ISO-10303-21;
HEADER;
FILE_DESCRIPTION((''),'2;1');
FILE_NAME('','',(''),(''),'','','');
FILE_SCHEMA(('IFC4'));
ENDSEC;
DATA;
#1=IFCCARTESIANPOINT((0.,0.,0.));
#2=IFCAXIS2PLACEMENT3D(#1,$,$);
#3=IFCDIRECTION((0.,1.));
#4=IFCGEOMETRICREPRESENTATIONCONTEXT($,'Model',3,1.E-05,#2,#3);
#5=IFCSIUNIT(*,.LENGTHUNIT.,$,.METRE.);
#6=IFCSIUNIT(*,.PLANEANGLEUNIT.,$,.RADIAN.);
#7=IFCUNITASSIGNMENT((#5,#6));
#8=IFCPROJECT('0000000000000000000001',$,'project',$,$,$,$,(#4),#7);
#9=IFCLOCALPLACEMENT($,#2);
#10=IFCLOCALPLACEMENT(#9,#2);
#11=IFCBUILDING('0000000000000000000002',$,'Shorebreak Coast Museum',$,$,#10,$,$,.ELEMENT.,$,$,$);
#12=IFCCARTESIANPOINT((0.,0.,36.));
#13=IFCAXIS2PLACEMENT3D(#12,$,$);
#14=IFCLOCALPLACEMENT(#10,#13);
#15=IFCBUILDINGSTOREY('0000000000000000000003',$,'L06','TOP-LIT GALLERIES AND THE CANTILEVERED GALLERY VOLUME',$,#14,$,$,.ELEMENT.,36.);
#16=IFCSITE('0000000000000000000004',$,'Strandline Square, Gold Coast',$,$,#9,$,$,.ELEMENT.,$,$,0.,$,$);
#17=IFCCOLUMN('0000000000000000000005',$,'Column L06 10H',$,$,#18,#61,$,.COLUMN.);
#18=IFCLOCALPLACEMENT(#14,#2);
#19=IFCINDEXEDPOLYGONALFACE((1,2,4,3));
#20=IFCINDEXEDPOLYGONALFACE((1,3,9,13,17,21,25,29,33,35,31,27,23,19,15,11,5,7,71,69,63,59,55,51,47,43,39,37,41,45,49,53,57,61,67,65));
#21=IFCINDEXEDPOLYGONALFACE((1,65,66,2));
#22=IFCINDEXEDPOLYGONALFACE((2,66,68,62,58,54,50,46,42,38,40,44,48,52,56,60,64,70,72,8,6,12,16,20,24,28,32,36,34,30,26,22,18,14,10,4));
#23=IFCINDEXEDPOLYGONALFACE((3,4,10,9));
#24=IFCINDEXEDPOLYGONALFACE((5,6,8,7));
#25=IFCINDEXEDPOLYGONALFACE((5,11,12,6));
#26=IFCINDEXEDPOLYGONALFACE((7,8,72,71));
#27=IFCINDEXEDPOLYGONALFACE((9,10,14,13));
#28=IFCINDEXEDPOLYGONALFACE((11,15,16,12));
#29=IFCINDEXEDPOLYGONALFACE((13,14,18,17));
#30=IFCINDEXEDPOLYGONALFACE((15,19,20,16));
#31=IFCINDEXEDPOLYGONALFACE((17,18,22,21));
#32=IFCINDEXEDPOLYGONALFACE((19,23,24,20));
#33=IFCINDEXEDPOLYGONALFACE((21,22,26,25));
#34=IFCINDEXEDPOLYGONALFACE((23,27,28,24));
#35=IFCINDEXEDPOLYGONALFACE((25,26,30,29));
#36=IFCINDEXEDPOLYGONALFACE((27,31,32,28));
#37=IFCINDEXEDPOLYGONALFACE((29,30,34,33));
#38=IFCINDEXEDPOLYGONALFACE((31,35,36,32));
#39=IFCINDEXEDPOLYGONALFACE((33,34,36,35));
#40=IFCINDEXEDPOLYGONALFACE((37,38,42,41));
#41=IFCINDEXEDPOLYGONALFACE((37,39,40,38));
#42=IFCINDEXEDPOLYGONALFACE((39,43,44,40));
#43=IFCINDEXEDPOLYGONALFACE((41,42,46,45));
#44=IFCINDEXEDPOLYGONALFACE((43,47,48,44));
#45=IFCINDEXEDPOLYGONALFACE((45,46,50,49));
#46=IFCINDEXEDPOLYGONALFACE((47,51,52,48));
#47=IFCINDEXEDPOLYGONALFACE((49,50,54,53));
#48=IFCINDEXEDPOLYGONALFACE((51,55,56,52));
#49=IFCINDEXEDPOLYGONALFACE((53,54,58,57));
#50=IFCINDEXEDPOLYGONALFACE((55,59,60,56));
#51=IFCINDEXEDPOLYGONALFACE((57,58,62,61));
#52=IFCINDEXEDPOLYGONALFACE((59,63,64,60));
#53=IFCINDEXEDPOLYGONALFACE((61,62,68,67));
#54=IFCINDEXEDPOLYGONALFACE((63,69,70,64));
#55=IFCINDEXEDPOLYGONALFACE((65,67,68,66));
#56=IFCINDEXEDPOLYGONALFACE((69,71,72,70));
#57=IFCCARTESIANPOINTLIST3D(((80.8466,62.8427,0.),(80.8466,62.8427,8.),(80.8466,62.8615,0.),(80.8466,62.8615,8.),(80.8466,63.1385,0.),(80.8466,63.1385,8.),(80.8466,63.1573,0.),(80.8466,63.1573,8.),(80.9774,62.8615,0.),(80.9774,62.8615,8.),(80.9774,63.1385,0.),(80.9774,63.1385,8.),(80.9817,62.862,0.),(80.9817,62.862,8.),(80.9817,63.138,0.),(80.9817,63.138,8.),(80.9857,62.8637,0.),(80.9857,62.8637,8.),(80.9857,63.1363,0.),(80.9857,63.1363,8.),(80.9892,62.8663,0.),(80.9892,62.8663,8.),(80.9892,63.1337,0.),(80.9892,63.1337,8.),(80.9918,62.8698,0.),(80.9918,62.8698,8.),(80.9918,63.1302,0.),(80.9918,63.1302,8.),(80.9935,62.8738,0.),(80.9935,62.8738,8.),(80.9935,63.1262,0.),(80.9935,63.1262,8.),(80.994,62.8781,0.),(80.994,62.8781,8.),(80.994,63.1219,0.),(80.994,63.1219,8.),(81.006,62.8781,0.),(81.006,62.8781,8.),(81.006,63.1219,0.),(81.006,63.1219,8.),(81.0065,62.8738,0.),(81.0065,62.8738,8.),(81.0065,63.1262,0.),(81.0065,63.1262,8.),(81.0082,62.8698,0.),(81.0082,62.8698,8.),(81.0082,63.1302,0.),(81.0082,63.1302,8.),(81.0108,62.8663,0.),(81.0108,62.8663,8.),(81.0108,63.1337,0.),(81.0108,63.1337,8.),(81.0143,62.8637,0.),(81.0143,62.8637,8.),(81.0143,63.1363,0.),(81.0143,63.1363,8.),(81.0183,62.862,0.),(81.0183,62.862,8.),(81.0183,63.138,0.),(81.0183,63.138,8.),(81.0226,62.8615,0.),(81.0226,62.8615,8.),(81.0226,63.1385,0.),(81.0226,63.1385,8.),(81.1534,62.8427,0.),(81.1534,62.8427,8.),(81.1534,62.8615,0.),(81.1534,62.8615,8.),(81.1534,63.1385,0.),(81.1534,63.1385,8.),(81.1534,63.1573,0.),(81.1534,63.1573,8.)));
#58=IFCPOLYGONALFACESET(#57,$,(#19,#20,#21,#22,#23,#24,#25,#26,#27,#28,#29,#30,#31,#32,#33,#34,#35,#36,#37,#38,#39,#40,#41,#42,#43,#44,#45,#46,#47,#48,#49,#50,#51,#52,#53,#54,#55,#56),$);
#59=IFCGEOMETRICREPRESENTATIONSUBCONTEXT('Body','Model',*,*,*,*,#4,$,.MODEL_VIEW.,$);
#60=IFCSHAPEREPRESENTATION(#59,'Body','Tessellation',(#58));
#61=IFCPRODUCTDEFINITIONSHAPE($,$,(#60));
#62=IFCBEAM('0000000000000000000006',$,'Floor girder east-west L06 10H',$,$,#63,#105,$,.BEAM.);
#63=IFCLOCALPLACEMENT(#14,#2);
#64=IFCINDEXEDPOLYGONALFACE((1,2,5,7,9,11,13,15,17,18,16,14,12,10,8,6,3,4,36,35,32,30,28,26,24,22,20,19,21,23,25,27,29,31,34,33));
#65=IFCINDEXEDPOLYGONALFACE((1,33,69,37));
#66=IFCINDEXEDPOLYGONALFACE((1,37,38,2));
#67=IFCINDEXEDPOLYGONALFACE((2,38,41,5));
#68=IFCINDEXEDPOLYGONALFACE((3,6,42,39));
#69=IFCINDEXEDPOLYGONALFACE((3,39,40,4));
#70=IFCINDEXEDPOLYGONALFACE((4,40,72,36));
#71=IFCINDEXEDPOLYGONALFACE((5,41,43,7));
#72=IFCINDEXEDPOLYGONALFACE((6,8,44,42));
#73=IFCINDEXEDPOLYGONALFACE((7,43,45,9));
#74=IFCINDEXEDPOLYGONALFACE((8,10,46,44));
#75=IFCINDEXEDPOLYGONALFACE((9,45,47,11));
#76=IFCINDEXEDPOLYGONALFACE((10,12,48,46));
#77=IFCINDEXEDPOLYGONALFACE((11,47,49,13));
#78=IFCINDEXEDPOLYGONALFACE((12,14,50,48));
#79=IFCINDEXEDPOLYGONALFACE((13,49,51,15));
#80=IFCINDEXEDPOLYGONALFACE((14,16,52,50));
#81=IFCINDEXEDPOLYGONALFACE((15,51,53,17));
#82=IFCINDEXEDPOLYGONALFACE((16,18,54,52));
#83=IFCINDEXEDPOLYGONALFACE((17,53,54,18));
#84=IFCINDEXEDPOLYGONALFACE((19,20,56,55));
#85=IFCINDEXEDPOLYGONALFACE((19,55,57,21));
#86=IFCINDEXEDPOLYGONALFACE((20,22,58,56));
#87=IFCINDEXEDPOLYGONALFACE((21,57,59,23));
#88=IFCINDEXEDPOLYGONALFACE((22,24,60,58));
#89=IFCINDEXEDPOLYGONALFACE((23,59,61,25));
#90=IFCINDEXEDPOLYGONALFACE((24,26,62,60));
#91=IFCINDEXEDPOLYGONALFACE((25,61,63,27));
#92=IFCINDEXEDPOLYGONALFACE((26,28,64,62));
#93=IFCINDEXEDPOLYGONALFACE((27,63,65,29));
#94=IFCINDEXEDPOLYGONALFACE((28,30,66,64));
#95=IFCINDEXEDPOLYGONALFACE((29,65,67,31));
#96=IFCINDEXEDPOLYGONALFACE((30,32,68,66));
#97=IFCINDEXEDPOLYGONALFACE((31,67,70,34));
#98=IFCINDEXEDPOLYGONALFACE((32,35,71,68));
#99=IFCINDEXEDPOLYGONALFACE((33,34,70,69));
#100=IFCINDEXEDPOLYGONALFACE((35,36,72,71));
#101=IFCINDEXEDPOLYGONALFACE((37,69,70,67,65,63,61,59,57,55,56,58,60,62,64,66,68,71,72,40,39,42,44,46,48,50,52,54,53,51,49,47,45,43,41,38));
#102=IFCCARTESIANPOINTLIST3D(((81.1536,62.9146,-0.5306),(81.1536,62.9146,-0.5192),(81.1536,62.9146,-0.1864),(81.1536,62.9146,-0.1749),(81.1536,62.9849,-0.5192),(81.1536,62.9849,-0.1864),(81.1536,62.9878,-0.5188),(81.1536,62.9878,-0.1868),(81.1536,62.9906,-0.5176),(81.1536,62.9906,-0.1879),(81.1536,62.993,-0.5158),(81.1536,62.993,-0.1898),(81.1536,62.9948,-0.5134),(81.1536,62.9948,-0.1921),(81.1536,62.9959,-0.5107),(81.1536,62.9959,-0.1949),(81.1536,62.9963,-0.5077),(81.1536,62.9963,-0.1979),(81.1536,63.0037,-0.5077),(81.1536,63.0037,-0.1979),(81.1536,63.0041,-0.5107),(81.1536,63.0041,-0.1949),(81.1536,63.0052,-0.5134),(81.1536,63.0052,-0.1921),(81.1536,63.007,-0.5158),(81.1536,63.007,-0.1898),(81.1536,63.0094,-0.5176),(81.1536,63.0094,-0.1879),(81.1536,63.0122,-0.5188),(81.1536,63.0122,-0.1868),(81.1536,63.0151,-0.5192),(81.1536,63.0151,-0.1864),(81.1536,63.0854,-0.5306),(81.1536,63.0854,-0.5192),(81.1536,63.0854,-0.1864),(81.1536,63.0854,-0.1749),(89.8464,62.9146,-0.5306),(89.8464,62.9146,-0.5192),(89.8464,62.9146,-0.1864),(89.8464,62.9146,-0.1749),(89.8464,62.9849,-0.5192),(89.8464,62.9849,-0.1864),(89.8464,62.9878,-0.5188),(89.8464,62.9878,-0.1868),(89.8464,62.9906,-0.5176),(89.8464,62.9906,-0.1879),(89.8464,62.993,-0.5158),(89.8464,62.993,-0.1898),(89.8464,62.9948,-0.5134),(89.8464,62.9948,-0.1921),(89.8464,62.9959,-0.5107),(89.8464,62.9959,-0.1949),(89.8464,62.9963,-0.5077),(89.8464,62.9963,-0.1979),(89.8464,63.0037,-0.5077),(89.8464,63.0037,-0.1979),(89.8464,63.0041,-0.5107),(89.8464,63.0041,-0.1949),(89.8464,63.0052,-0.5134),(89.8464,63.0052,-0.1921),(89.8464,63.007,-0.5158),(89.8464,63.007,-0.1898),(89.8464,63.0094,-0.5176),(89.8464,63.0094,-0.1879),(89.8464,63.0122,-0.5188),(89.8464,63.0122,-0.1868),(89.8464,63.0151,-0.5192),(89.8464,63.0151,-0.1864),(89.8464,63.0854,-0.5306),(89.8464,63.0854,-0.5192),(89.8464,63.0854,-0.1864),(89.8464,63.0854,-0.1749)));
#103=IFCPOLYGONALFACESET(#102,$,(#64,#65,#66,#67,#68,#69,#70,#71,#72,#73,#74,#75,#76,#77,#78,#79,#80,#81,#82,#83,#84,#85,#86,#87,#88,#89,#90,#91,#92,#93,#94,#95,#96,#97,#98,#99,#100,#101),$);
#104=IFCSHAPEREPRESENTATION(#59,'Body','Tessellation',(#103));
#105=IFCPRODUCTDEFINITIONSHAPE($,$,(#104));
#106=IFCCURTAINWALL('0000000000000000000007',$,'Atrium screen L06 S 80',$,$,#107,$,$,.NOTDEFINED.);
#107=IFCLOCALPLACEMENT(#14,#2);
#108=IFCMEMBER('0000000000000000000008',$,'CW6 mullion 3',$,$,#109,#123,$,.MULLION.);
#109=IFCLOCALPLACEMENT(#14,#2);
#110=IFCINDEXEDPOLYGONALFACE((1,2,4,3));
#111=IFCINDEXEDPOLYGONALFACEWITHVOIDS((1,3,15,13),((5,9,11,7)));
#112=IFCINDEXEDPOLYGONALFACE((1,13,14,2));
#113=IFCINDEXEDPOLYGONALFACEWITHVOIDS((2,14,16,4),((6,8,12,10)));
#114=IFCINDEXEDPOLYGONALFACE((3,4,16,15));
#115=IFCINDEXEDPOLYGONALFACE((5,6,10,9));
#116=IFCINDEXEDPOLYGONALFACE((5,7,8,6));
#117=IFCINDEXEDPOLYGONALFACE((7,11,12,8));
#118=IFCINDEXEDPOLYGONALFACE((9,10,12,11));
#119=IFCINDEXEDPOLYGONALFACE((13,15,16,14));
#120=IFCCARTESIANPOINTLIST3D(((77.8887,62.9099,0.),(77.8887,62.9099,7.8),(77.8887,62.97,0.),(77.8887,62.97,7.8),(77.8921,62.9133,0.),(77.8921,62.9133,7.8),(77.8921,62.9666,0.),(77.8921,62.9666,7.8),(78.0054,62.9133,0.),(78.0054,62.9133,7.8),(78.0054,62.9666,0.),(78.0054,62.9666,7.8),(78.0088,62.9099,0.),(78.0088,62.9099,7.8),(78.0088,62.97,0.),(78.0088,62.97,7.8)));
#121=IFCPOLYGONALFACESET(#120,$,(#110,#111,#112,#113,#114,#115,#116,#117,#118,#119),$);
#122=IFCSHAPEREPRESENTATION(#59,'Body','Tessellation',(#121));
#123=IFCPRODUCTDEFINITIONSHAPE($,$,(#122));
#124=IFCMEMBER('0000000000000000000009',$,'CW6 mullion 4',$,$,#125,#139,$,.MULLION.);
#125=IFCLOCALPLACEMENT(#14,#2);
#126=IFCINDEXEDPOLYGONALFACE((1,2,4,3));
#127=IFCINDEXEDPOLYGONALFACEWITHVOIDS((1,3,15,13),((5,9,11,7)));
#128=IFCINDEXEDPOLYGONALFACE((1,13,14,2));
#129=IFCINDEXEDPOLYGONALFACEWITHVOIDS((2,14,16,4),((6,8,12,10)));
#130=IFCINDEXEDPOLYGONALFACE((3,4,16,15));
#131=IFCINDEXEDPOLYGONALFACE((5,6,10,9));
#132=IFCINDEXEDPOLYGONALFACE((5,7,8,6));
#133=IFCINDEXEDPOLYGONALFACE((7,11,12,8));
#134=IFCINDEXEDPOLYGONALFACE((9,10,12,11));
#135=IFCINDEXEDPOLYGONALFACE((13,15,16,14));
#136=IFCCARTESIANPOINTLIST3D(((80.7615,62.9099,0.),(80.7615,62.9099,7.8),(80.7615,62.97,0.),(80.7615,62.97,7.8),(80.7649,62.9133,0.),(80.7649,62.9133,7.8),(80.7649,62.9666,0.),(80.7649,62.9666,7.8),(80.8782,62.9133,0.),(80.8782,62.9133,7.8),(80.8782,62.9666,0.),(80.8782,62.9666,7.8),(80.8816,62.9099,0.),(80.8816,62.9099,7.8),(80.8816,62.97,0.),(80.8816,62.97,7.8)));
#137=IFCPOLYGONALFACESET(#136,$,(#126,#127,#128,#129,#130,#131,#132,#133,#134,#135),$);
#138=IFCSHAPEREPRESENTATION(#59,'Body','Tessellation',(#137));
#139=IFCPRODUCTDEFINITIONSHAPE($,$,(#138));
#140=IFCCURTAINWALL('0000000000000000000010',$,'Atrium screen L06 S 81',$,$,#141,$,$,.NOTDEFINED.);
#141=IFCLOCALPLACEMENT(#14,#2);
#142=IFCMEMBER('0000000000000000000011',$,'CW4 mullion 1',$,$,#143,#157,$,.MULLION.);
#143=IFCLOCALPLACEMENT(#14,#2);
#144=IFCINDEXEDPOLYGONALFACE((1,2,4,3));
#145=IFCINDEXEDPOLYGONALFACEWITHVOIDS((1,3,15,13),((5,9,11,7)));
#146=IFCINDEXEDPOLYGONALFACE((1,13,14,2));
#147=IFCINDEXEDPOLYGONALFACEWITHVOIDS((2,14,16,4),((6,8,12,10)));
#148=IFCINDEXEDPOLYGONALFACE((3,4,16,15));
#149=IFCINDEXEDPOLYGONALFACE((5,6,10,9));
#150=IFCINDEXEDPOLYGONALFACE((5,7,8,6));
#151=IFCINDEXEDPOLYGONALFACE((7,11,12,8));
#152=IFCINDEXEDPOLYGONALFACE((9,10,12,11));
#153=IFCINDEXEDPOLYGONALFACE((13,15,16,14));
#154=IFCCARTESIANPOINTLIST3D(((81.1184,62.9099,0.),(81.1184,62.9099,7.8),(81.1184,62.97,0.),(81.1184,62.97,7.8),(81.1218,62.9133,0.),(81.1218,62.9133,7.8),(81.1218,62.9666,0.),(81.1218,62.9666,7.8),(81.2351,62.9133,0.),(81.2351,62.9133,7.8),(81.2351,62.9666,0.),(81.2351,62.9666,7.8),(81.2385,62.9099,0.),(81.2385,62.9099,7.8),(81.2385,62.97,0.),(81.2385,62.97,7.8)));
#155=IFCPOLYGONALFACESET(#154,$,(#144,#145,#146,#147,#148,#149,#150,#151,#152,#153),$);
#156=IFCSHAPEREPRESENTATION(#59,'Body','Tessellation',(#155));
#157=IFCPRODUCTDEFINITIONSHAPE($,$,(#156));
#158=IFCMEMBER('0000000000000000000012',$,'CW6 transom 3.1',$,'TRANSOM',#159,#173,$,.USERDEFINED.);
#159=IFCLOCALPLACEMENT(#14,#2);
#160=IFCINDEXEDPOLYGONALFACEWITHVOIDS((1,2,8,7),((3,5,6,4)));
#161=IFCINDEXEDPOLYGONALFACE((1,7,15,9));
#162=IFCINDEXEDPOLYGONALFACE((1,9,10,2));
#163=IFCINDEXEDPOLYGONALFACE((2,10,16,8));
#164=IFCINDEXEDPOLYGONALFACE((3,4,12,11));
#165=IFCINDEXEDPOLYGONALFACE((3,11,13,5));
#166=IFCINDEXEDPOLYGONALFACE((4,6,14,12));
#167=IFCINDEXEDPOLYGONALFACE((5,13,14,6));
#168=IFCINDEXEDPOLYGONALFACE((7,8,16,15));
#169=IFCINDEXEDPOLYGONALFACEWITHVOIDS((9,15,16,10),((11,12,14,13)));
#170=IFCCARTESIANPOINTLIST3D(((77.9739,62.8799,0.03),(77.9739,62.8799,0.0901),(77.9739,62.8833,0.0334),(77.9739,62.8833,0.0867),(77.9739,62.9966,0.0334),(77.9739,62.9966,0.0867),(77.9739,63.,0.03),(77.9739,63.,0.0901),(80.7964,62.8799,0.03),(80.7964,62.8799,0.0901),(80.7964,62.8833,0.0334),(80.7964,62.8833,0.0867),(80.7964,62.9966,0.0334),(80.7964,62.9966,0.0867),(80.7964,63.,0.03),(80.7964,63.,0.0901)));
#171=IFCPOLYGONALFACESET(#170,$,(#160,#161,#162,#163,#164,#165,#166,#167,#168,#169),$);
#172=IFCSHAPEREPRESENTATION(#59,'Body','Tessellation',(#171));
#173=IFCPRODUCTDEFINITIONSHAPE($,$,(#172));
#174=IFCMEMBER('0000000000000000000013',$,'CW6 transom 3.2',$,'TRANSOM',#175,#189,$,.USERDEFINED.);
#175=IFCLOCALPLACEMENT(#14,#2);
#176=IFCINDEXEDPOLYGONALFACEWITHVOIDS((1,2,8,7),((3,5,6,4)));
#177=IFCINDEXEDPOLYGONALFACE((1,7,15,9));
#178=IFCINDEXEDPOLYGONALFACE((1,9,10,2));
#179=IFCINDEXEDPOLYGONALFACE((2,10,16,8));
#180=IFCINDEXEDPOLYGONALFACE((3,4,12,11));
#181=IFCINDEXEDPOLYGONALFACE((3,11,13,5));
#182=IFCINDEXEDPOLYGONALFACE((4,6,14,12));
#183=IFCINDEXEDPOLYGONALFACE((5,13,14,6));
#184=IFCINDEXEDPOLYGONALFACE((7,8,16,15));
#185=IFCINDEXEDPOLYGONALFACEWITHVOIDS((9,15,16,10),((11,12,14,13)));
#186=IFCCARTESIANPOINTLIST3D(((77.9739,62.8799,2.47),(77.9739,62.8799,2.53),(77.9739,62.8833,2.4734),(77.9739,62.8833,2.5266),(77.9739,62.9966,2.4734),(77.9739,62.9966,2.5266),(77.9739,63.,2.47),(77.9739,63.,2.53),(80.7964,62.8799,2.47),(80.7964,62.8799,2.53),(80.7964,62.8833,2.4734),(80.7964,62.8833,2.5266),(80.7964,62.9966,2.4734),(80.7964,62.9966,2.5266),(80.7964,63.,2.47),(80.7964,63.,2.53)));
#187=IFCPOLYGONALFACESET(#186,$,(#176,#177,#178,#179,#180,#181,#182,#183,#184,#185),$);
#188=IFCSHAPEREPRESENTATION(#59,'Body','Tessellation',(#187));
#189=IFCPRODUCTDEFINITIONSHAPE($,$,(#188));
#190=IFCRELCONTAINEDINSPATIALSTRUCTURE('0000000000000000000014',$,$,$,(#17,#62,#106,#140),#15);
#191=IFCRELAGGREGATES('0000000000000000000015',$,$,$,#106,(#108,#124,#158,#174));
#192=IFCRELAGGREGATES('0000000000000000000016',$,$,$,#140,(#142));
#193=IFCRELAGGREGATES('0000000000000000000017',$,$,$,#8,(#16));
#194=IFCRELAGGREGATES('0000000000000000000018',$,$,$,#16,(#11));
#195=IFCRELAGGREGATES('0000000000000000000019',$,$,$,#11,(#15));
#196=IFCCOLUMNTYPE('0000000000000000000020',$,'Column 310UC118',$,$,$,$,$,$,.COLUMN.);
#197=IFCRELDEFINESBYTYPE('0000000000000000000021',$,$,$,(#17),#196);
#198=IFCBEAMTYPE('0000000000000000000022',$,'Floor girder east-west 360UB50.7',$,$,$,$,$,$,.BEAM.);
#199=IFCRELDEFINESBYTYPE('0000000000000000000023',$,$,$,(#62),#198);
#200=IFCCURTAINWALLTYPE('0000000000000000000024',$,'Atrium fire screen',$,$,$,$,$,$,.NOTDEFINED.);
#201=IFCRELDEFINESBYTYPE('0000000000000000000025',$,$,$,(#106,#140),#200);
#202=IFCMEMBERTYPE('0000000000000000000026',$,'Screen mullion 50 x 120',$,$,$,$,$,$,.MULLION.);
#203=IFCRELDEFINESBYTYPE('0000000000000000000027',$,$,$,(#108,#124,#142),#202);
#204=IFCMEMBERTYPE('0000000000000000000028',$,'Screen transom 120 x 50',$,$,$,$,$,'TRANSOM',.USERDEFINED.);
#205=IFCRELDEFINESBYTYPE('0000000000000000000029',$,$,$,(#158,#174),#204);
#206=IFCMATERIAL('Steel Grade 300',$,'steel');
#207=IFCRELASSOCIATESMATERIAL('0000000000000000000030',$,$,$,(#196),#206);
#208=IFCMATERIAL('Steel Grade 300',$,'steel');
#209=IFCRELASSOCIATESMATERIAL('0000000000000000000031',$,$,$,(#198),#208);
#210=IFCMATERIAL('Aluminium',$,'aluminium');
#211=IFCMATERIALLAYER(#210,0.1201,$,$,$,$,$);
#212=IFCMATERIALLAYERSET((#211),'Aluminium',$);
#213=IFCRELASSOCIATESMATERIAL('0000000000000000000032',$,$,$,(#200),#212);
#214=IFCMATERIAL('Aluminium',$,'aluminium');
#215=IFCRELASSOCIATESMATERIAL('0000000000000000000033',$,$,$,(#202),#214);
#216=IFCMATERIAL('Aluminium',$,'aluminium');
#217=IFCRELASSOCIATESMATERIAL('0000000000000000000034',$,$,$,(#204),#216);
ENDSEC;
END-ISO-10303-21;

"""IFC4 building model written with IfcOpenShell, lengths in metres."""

from ifc_helpers import new_model, si_unit, direction, frame, origin, origin_2d, place, context, subcontext, project, spatial, hollow_rectangle, i_section, extrude, material, layer, layer_set, material_profile, profile_set, type_object, element, aggregate, save


model = new_model("IFC4")

# Units and contexts
model_context = context("Model", 3, precision=1e-05, world=origin(), true_north=direction((0.0, 1.0)))
body_context = subcontext(model_context, "Body", "Model", "MODEL_VIEW")
ifc_project = project(units=[si_unit("LENGTHUNIT", "METRE"), si_unit("PLANEANGLEUNIT", "RADIAN")], contexts=[model_context])

# Site, building, storey
site_placement = place(None, origin())
site = spatial("IfcSite", under=ifc_project, at=site_placement, Name="Strandline Square, Gold Coast", CompositionType="ELEMENT", RefElevation=0.0)
building_placement = place(site_placement, origin())
building = spatial("IfcBuilding", under=site, at=building_placement, Name="Shorebreak Coast Museum", CompositionType="ELEMENT")
storey_placement = place(building_placement, frame((0.0, 0.0, 36.0)))
storey = spatial("IfcBuildingStorey", under=building, at=storey_placement, Name="L06", Description="TOP-LIT GALLERIES AND THE CANTILEVERED GALLERY VOLUME", CompositionType="ELEMENT", Elevation=36.0)

# Column
ifc_material_1 = material(Name="Steel Grade 300", Category="steel")
ifc_material_profile_1 = material_profile(ifc_material_1, i_section(OverallWidth=0.3069, OverallDepth=0.3147, WebThickness=0.012, FlangeThickness=0.0188, FilletRadius=0.0166, at=origin_2d()), Name="310UC118")
ifc_profile_set_1 = profile_set([ifc_material_profile_1], Name="Steel Grade 300")
column_type = type_object("IfcColumnType", Name="Column 310UC118", PredefinedType="COLUMN", material=ifc_profile_set_1)
column_placement = place(storey_placement, frame((81.0, 63.0, 0.0), z_axis=(0.0, 0.0, 1.0), x_axis=(1.0, 0.0, 0.0)))
element("IfcColumn", 1, at=column_placement, inside=storey, type_object=column_type, Name="Column L06 10H", PredefinedType="COLUMN", context=body_context, shape_type="SweptSolid", body=[
    extrude(i_section(OverallWidth=0.3069, OverallDepth=0.3147, WebThickness=0.012, FlangeThickness=0.0188, FilletRadius=0.0166, at=origin_2d()), origin(), (0.0, 0.0, 1.0), 8.0),
])

# Beam
ifc_material_2 = material(Name="Steel Grade 300", Category="steel")
ifc_material_profile_2 = material_profile(ifc_material_2, i_section(OverallWidth=0.1709, OverallDepth=0.3557, WebThickness=0.0073, FlangeThickness=0.0115, FilletRadius=0.0115, at=origin_2d()), Name="360UB50.7")
ifc_profile_set_2 = profile_set([ifc_material_profile_2], Name="Steel Grade 300")
beam_type = type_object("IfcBeamType", Name="Floor girder east-west 360UB50.7", PredefinedType="BEAM", material=ifc_profile_set_2)
beam_placement = place(storey_placement, frame((81.1536, 63.0, -0.3528), z_axis=(1.0, 0.0, 0.0), x_axis=(0.0, 1.0, 0.0)))
element("IfcBeam", 2, at=beam_placement, inside=storey, type_object=beam_type, Name="Floor girder east-west L06 10H", PredefinedType="BEAM", context=body_context, shape_type="SweptSolid", body=[
    extrude(i_section(OverallWidth=0.1709, OverallDepth=0.3557, WebThickness=0.0073, FlangeThickness=0.0115, FilletRadius=0.0115, at=origin_2d()), origin(), (0.0, 0.0, 1.0), 8.6929),
])

# Curtain wall, members
ifc_material_3 = material(Name="Aluminium", Category="aluminium")
ifc_layer_1 = layer(ifc_material_3, 0.1201)
ifc_layer_set_1 = layer_set([ifc_layer_1], Name="Aluminium")
curtain_wall_type = type_object("IfcCurtainWallType", Name="Atrium fire screen", PredefinedType="NOTDEFINED", material=ifc_layer_set_1)
curtain_wall_1_placement = place(storey_placement, origin())
curtain_wall_1 = element("IfcCurtainWall", 3, at=curtain_wall_1_placement, inside=storey, type_object=curtain_wall_type, Name="Atrium screen L06 S 80", PredefinedType="NOTDEFINED")
ifc_material_4 = material(Name="Aluminium", Category="aluminium")
ifc_material_profile_3 = material_profile(ifc_material_4, hollow_rectangle(XDim=0.0601, YDim=0.1201, WallThickness=0.0034, at=origin_2d()), Name="AL 120x60 RHS")
ifc_profile_set_3 = profile_set([ifc_material_profile_3], Name="Aluminium")
member_type_1 = type_object("IfcMemberType", Name="Screen mullion 50 x 120", PredefinedType="MULLION", material=ifc_profile_set_3)
member_1_placement = place(storey_placement, frame((77.9487, 62.9399, 0.0), z_axis=(0.0, 0.0, 1.0), x_axis=(0.0, 1.0, 0.0)))
member_1 = element("IfcMember", 4, at=member_1_placement, type_object=member_type_1, Name="CW6 mullion 3", PredefinedType="MULLION", context=body_context, shape_type="SweptSolid", body=[
    extrude(hollow_rectangle(XDim=0.0601, YDim=0.1201, WallThickness=0.0034, at=origin_2d()), origin(), (0.0, 0.0, 1.0), 7.8),
])
member_2_placement = place(storey_placement, frame((80.8215, 62.9399, 0.0), z_axis=(0.0, 0.0, 1.0), x_axis=(0.0, 1.0, 0.0)))
member_2 = element("IfcMember", 5, at=member_2_placement, type_object=member_type_1, Name="CW6 mullion 4", PredefinedType="MULLION", context=body_context, shape_type="SweptSolid", body=[
    extrude(hollow_rectangle(XDim=0.0601, YDim=0.1201, WallThickness=0.0034, at=origin_2d()), origin(), (0.0, 0.0, 1.0), 7.8),
])

# Curtain wall, member
curtain_wall_2_placement = place(storey_placement, origin())
curtain_wall_2 = element("IfcCurtainWall", 6, at=curtain_wall_2_placement, inside=storey, type_object=curtain_wall_type, Name="Atrium screen L06 S 81", PredefinedType="NOTDEFINED")
member_3_placement = place(storey_placement, frame((81.1785, 62.9399, 0.0), z_axis=(0.0, 0.0, 1.0), x_axis=(0.0, 1.0, 0.0)))
member_3 = element("IfcMember", 7, at=member_3_placement, type_object=member_type_1, Name="CW4 mullion 1", PredefinedType="MULLION", context=body_context, shape_type="SweptSolid", body=[
    extrude(hollow_rectangle(XDim=0.0601, YDim=0.1201, WallThickness=0.0034, at=origin_2d()), origin(), (0.0, 0.0, 1.0), 7.8),
])

# Members
ifc_material_5 = material(Name="Aluminium", Category="aluminium")
ifc_material_profile_4 = material_profile(ifc_material_5, hollow_rectangle(XDim=0.1201, YDim=0.0601, WallThickness=0.0034, at=origin_2d()), Name="AL 60x120 RHS")
ifc_profile_set_4 = profile_set([ifc_material_profile_4], Name="Aluminium")
member_type_2 = type_object("IfcMemberType", Name="Screen transom 120 x 50", ElementType="TRANSOM", PredefinedType="USERDEFINED", material=ifc_profile_set_4)
member_4_placement = place(storey_placement, frame((77.9739, 62.9399, 0.0601), z_axis=(1.0, 0.0, 0.0), x_axis=(0.0, 1.0, 0.0)))
member_4 = element("IfcMember", 8, at=member_4_placement, type_object=member_type_2, Name="CW6 transom 3.1", ObjectType="TRANSOM", PredefinedType="USERDEFINED", context=body_context, shape_type="SweptSolid", body=[
    extrude(hollow_rectangle(XDim=0.1201, YDim=0.0601, WallThickness=0.0034, at=origin_2d()), origin(), (0.0, 0.0, 1.0), 2.8225),
])
member_5_placement = place(storey_placement, frame((77.9739, 62.9399, 2.5), z_axis=(1.0, 0.0, 0.0), x_axis=(0.0, 1.0, 0.0)))
member_5 = element("IfcMember", 9, at=member_5_placement, type_object=member_type_2, Name="CW6 transom 3.2", ObjectType="TRANSOM", PredefinedType="USERDEFINED", context=body_context, shape_type="SweptSolid", body=[
    extrude(hollow_rectangle(XDim=0.1201, YDim=0.0601, WallThickness=0.0034, at=origin_2d()), origin(), (0.0, 0.0, 1.0), 2.8225),
])

aggregate(curtain_wall_1, [member_1, member_2, member_4, member_5])
aggregate(curtain_wall_2, [member_3])

save(model, "model.ifc")
